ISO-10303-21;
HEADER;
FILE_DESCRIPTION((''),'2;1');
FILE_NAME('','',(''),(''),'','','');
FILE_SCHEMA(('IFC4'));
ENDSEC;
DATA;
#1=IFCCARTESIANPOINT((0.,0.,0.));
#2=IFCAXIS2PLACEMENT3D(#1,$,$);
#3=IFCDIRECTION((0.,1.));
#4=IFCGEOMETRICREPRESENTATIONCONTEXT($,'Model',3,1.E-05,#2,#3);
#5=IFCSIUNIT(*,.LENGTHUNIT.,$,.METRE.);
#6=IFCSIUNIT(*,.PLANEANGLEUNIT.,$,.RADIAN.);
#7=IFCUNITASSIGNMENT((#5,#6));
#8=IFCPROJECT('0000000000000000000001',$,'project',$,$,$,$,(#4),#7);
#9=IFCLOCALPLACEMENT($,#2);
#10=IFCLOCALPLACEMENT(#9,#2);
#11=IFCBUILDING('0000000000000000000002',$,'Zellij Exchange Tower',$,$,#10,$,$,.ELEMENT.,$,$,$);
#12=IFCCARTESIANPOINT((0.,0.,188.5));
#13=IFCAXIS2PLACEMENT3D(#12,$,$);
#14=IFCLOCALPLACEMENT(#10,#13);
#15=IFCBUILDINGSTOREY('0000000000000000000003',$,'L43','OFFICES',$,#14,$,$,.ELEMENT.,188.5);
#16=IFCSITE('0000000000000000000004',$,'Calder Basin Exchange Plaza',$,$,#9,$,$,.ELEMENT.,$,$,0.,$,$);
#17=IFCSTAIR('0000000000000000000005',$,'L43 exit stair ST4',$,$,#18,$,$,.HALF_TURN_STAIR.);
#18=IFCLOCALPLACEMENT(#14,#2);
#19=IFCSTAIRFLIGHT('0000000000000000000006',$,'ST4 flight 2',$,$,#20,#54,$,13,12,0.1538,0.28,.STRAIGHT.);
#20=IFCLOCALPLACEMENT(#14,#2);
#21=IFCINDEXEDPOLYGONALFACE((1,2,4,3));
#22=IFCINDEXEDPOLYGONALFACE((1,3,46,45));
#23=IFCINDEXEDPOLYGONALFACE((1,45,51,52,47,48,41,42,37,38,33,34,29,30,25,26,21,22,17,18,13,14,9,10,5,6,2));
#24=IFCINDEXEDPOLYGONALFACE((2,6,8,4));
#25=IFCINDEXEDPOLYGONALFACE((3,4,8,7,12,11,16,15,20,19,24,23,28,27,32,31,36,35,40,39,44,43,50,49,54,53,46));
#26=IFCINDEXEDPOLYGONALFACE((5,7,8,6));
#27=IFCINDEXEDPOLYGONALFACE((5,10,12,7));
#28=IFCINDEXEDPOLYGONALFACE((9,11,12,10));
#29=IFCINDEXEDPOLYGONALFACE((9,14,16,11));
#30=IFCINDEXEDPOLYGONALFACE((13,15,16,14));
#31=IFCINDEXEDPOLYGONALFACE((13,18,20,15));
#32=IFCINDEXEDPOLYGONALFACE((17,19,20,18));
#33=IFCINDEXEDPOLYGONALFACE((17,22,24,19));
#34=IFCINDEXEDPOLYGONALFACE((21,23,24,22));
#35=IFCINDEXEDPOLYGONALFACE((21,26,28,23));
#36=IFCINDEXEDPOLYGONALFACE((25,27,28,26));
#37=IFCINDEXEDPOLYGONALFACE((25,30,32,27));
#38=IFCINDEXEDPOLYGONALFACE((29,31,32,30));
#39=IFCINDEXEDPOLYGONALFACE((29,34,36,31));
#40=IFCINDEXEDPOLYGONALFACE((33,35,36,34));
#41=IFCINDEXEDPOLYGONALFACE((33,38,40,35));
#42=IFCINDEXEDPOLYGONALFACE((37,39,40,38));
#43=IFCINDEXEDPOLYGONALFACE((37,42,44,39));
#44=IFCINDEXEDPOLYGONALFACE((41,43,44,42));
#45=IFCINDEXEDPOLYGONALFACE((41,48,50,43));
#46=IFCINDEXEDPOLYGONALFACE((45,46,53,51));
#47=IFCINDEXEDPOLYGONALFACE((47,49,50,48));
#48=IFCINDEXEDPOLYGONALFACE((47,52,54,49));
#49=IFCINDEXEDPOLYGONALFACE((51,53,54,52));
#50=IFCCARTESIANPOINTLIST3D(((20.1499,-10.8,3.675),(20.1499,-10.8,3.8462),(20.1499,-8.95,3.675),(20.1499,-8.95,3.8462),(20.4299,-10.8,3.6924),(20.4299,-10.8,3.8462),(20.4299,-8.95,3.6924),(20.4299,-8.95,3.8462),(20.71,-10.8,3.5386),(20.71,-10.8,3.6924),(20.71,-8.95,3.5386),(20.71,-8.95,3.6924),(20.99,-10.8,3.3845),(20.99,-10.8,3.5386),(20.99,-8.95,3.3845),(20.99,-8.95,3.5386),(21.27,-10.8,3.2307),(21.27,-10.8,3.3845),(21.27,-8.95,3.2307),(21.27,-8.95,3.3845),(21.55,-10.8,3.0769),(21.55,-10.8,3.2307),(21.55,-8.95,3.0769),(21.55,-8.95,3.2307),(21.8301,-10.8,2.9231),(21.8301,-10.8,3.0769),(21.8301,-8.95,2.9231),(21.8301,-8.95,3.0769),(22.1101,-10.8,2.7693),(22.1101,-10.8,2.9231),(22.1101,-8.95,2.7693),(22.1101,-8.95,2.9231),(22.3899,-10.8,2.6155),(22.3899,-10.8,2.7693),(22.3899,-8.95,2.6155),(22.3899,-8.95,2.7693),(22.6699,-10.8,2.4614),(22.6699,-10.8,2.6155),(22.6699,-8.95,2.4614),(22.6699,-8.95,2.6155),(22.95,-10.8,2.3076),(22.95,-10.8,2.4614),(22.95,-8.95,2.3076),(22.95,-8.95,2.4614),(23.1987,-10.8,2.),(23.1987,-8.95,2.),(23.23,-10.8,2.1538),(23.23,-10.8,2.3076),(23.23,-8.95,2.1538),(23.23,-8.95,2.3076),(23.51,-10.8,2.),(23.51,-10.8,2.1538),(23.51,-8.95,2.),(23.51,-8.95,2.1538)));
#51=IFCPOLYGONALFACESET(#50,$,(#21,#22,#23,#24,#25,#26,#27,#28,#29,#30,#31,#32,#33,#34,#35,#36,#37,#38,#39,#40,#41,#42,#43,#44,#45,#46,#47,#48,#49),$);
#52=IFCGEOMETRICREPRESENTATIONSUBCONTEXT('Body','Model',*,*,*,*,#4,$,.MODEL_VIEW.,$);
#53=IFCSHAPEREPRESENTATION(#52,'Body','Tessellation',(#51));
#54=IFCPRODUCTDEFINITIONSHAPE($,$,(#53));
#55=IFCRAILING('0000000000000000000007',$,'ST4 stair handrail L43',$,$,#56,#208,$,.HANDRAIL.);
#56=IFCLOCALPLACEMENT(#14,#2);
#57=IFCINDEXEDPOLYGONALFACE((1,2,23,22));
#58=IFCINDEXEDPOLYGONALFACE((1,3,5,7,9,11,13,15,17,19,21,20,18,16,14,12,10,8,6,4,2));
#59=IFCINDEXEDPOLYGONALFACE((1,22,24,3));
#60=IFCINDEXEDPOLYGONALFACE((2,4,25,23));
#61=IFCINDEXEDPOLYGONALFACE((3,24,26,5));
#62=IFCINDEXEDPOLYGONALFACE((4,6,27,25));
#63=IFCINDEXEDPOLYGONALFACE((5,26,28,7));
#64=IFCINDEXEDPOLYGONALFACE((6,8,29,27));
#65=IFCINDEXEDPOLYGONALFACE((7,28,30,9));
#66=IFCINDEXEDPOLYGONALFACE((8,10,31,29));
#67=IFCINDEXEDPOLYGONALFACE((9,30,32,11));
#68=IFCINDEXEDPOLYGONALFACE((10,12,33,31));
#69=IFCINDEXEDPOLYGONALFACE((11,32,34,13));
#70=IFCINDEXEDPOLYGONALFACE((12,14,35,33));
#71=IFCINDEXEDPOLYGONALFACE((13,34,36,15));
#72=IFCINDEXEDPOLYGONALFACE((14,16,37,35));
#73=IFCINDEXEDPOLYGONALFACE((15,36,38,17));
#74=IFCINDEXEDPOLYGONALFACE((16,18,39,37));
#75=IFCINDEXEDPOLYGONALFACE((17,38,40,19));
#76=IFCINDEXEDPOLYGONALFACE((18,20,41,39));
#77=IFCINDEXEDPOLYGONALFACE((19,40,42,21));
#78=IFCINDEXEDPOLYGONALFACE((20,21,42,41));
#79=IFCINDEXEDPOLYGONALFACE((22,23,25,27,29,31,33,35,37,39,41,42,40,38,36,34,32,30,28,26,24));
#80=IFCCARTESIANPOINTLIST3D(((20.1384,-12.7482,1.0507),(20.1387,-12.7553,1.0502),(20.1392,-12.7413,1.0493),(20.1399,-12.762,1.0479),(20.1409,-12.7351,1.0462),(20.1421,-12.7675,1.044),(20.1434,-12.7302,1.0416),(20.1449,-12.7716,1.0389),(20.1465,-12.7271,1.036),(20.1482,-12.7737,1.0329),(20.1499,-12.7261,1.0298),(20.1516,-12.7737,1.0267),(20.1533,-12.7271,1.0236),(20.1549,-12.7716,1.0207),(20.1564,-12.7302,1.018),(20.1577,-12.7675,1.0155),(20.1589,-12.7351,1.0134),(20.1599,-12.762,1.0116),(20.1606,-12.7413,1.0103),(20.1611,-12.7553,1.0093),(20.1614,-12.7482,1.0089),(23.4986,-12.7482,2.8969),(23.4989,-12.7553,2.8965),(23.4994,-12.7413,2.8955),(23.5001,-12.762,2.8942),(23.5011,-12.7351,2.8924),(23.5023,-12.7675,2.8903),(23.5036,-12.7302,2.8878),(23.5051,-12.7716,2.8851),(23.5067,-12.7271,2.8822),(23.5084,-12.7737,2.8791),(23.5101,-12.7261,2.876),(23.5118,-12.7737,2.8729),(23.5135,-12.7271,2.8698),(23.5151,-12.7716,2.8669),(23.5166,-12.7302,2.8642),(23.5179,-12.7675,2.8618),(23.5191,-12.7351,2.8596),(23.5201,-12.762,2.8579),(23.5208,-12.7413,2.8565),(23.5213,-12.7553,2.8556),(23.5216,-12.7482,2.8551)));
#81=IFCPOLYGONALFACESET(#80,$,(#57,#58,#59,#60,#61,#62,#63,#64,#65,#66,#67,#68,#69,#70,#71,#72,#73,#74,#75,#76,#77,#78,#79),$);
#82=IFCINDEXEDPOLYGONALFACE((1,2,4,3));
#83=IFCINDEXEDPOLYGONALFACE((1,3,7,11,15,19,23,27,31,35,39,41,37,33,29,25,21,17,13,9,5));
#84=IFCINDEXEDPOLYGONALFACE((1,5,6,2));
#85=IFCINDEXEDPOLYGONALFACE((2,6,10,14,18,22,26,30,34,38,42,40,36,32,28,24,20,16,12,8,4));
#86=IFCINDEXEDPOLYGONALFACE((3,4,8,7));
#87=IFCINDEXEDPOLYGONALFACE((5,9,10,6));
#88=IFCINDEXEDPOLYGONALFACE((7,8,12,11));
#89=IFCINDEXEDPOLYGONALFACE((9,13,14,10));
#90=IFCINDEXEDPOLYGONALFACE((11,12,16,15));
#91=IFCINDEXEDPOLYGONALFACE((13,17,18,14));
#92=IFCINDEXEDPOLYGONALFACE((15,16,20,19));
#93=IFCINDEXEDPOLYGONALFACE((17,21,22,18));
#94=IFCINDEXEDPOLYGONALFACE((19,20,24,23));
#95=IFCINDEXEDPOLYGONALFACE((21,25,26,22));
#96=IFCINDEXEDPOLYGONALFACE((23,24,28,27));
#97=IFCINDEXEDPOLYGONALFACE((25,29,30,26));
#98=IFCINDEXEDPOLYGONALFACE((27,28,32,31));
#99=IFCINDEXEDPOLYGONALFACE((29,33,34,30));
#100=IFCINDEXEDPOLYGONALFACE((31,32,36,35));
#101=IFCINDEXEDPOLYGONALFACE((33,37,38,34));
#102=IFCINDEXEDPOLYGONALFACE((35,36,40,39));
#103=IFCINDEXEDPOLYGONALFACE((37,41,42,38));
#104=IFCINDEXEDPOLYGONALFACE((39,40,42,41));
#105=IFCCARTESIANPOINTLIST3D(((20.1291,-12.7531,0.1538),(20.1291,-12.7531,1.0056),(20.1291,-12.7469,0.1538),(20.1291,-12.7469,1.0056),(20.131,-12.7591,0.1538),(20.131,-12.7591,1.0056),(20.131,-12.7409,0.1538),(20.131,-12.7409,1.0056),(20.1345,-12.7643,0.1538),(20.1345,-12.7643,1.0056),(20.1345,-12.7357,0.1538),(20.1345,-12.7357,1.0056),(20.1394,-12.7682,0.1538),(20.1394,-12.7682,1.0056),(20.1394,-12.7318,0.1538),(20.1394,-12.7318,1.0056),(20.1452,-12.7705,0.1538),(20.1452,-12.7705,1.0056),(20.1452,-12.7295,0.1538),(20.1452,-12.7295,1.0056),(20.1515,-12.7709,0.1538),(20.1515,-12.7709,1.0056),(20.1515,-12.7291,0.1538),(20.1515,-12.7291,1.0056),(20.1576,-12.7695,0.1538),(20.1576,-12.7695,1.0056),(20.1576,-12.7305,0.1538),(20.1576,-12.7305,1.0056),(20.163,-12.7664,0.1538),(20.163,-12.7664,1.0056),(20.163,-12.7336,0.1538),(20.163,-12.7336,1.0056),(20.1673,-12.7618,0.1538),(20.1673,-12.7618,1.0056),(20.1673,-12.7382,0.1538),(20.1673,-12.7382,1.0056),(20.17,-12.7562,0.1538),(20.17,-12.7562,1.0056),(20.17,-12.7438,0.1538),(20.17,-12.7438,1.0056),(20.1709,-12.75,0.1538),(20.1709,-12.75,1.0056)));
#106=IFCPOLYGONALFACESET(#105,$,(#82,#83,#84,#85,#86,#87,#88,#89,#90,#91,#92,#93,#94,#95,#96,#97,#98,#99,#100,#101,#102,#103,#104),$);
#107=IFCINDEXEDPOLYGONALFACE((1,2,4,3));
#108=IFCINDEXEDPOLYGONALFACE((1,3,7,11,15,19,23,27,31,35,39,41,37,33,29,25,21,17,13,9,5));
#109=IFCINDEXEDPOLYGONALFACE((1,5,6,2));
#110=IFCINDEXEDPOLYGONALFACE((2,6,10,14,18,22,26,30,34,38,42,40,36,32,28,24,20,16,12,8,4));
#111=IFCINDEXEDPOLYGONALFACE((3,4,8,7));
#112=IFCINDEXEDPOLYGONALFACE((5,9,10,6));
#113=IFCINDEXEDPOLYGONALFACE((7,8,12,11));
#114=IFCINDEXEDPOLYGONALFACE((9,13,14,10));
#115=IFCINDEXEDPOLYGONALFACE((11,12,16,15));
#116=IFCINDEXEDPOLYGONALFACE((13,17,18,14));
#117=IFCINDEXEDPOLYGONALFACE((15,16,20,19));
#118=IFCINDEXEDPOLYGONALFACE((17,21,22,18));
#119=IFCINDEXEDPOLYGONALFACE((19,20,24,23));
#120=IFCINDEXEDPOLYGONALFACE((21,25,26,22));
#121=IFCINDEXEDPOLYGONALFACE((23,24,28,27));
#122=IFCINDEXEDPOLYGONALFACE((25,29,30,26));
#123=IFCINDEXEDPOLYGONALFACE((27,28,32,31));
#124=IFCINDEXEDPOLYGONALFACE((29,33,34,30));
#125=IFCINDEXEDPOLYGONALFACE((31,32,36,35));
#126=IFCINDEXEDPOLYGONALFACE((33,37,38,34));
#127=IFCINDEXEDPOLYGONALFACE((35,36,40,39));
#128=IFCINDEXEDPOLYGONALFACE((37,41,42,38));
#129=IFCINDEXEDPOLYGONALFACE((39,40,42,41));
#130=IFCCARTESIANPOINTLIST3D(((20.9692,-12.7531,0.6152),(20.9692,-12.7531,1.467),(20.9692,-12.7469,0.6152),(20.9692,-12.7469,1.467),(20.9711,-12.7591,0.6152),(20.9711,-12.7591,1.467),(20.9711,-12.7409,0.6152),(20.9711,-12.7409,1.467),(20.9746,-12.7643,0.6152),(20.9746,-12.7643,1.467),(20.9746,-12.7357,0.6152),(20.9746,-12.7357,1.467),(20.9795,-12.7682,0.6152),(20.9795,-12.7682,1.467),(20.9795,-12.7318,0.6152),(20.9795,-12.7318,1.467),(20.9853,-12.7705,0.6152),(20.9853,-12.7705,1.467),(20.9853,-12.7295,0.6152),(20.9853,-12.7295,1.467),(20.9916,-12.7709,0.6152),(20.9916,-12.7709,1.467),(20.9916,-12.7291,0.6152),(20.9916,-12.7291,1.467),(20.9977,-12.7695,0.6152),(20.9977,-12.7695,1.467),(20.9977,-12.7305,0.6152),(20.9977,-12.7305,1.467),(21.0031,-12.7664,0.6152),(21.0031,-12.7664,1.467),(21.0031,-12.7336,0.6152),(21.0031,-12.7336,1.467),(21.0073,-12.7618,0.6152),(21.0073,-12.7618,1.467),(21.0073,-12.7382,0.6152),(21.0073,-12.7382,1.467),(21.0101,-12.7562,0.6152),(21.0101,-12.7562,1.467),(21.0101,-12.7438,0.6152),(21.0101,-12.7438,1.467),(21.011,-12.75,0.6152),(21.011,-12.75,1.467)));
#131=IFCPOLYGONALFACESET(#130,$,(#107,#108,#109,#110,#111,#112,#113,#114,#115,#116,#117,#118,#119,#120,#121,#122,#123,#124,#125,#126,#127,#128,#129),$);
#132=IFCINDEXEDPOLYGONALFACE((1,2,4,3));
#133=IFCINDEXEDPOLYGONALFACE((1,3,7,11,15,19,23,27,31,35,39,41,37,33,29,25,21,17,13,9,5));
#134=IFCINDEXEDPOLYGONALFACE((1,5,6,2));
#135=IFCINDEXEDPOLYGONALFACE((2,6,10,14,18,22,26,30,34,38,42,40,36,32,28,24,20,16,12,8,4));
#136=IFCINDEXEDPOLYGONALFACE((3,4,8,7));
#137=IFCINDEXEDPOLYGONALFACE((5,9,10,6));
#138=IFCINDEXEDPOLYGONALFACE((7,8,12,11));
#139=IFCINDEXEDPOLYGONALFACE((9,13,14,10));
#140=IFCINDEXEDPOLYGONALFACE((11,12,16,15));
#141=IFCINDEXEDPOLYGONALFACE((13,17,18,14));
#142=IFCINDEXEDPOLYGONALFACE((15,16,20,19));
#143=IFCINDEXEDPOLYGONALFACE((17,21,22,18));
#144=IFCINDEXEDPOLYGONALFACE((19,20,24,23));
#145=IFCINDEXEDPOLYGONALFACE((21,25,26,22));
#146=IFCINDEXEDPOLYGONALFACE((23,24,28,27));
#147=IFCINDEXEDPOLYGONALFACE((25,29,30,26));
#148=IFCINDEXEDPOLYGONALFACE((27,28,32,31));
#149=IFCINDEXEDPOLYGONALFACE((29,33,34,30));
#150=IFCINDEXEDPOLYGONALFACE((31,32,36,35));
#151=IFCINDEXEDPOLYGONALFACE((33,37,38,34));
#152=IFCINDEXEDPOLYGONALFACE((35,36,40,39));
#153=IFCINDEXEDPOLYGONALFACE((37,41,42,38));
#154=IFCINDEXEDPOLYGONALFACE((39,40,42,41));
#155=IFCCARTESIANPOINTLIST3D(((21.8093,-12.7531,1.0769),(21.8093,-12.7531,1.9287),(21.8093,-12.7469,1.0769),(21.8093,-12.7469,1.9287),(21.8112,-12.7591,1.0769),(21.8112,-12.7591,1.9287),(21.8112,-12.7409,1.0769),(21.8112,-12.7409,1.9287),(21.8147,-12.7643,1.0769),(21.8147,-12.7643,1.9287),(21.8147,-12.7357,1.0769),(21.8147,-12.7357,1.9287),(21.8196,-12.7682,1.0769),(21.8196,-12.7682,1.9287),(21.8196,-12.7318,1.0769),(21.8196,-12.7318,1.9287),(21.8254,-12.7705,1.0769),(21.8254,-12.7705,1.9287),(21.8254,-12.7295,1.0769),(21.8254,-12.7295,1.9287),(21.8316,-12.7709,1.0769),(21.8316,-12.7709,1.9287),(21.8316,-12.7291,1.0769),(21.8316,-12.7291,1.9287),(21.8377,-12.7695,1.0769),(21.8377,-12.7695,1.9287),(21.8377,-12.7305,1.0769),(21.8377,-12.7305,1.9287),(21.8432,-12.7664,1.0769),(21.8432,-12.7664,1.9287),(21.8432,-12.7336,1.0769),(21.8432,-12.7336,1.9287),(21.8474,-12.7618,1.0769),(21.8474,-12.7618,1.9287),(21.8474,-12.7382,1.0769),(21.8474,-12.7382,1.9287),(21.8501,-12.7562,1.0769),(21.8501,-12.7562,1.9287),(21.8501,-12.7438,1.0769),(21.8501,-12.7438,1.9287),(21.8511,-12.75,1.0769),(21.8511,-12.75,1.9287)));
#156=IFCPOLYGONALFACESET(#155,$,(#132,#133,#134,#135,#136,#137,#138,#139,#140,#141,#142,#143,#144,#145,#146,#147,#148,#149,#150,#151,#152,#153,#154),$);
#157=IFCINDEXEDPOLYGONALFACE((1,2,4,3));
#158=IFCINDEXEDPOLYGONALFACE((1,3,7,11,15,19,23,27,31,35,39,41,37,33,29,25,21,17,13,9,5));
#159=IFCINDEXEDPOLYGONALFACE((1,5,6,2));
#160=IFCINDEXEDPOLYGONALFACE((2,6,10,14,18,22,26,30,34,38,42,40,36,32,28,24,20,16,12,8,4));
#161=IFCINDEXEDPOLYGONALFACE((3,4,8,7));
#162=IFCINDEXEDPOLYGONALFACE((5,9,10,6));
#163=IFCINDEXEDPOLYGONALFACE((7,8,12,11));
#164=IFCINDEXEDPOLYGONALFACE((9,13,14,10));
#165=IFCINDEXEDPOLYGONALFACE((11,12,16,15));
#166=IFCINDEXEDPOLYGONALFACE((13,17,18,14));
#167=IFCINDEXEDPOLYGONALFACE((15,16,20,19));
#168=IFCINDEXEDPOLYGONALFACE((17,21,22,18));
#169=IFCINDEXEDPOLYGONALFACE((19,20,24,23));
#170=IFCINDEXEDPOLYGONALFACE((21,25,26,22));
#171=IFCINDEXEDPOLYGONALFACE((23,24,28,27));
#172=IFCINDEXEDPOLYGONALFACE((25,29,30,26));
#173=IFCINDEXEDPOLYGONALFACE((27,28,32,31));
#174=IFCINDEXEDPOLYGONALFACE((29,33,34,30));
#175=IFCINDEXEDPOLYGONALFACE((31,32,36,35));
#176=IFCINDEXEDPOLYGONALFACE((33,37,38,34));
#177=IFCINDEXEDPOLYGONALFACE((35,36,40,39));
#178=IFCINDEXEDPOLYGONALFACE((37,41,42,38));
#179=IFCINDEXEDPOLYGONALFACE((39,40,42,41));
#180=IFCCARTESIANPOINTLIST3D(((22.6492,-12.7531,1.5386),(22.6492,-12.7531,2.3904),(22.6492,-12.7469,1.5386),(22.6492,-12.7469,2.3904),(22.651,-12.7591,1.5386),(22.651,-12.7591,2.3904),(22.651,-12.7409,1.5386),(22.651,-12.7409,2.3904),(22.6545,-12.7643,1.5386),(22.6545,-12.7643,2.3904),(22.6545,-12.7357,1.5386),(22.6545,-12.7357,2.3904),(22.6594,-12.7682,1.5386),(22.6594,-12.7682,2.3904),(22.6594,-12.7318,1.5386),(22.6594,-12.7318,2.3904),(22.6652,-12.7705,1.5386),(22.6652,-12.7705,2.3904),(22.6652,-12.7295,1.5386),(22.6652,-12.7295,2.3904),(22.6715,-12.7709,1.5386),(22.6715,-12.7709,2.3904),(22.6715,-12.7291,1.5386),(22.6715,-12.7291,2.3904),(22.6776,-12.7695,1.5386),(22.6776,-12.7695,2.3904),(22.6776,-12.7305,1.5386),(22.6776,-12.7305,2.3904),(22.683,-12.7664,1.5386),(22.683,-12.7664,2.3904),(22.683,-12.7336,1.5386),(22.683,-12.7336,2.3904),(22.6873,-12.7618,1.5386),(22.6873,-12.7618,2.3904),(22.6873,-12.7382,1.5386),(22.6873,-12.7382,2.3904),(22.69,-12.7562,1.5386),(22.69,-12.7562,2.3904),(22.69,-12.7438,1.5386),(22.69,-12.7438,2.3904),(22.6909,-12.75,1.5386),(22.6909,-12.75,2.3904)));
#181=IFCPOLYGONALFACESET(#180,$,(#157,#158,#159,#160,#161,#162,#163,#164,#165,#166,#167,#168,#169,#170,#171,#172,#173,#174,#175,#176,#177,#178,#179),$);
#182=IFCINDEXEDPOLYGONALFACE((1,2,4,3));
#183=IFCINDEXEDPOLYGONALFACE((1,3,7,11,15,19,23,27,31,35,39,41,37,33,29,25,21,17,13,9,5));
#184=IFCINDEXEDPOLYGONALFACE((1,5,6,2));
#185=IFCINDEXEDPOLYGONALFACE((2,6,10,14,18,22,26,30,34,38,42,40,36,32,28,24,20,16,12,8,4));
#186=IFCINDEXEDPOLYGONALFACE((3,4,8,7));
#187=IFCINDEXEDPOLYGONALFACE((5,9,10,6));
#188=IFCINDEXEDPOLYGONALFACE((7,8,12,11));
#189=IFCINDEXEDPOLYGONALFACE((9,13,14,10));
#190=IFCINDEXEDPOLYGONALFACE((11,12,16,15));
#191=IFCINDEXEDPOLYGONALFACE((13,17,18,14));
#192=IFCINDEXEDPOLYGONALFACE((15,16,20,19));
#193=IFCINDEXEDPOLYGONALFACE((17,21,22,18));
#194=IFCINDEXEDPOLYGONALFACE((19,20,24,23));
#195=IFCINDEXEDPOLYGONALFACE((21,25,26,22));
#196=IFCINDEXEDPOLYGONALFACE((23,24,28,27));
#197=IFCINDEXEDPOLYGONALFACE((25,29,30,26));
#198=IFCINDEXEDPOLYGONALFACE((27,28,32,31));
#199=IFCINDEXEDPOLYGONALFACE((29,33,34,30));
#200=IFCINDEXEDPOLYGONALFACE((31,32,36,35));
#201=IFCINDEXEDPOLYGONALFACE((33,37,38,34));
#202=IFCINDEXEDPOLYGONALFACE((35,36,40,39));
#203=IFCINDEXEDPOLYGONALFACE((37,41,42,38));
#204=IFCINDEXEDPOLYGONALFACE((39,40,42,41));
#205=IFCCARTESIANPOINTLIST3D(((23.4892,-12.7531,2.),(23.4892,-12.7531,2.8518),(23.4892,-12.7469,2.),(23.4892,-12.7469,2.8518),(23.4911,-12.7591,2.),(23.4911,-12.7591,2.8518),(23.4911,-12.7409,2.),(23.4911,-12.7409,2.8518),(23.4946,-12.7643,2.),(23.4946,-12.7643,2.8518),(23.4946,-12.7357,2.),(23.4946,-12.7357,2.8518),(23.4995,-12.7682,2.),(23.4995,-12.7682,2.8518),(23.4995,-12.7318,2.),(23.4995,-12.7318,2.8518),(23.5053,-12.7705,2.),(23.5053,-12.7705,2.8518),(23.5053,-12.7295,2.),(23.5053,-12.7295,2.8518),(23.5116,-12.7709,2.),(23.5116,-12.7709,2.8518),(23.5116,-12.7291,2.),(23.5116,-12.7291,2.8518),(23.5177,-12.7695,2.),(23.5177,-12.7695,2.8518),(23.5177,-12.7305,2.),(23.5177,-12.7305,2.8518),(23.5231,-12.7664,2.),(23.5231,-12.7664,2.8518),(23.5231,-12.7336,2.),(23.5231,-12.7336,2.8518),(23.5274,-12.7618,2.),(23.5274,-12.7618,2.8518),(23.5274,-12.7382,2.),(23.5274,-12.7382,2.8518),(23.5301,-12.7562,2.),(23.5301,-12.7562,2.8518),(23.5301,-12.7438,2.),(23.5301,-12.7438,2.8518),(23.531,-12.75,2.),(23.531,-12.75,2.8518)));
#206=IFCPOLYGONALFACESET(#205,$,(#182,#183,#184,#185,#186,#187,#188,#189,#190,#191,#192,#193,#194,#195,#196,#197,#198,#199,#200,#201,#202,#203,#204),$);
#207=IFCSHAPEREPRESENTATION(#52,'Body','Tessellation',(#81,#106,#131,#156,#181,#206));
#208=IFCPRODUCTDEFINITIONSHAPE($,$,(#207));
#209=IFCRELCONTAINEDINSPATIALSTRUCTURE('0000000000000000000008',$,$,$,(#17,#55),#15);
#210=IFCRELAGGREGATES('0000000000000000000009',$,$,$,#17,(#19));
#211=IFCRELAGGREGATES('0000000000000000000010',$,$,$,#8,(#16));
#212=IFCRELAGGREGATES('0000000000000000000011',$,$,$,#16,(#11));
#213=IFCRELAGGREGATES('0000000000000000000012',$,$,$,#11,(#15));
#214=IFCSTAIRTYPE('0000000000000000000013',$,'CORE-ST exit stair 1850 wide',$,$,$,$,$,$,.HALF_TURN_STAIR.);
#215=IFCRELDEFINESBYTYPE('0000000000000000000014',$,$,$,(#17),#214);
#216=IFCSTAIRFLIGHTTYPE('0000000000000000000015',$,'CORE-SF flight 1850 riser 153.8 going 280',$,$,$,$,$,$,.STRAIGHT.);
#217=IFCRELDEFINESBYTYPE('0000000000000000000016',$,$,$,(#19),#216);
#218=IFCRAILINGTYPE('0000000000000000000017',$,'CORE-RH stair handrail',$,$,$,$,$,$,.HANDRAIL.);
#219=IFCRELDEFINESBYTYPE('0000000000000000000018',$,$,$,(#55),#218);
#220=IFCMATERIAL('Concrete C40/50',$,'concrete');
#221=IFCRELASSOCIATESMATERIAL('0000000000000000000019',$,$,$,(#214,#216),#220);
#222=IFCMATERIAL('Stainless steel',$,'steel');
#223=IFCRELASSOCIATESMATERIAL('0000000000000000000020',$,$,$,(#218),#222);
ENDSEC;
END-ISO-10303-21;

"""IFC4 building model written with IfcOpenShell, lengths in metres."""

from ifc_helpers import new_model, si_unit, direction, frame, origin, origin_2d, place, context, subcontext, project, spatial, polyline, circle, outline, extrude, material, type_object, element, aggregate, save


model = new_model("IFC4")

# Units and contexts
model_context = context("Model", 3, precision=1e-05, world=origin(), true_north=direction((0.0, 1.0)))
body_context = subcontext(model_context, "Body", "Model", "MODEL_VIEW")
ifc_project = project(units=[si_unit("LENGTHUNIT", "METRE"), si_unit("PLANEANGLEUNIT", "RADIAN")], contexts=[model_context])

# Site, building, storey
site_placement = place(None, origin())
site = spatial("IfcSite", under=ifc_project, at=site_placement, Name="Calder Basin Exchange Plaza", CompositionType="ELEMENT", RefElevation=0.0)
building_placement = place(site_placement, origin())
building = spatial("IfcBuilding", under=site, at=building_placement, Name="Zellij Exchange Tower", CompositionType="ELEMENT")
storey_placement = place(building_placement, frame((0.0, 0.0, 188.5)))
storey = spatial("IfcBuildingStorey", under=building, at=storey_placement, Name="L43", Description="OFFICES", CompositionType="ELEMENT", Elevation=188.5)

# Stair, stair flight
ifc_material_1 = material(Name="Concrete C40/50", Category="concrete")
stair_type = type_object("IfcStairType", Name="CORE-ST exit stair 1850 wide", PredefinedType="HALF_TURN_STAIR", material=ifc_material_1)
stair_placement = place(storey_placement, origin())
stair = element("IfcStair", 1, at=stair_placement, inside=storey, type_object=stair_type, Name="L43 exit stair ST4", PredefinedType="HALF_TURN_STAIR")
stair_flight_type = type_object("IfcStairFlightType", Name="CORE-SF flight 1850 riser 153.8 going 280", PredefinedType="STRAIGHT", material=ifc_material_1)
stair_flight_1_placement = place(storey_placement, frame((23.51, -9.875, 2.0), z_axis=(0.0, 0.0, 1.0), x_axis=(-1.0, 0.0, 0.0)))
stair_flight_1 = element("IfcStairFlight", 2, at=stair_flight_1_placement, type_object=stair_flight_type, Name="ST4 flight 2", NumberOfRisers=13, NumberOfTreads=12, PredefinedType="STRAIGHT", RiserHeight=0.1538, TreadLength=0.28, context=body_context, shape_type="SweptSolid", body=[
    extrude(outline(polyline([(0.0, 0.0), (0.0, 0.1538), (0.28, 0.1538), (0.28, 0.3076), (0.5601, 0.3076), (0.5601, 0.4614), (0.8401, 0.4614), (0.8401, 0.6155), (1.1201, 0.6155), (1.1201, 0.7693), (1.3999, 0.7693), (1.3999, 0.9231), (1.6799, 0.9231), (1.6799, 1.0769), (1.96, 1.0769), (1.96, 1.2307), (2.24, 1.2307), (2.24, 1.3845), (2.52, 1.3845), (2.52, 1.5386), (2.8, 1.5386), (2.8, 1.6924), (3.0801, 1.6924), (3.0801, 1.8462), (3.3601, 1.8462), (3.3601, 2.0), (3.3601, 1.675), (0.3113, 0.0), (0.0, 0.0)])), frame((0.0, 0.925, 0.0), z_axis=(0.0, -1.0, 0.0), x_axis=(1.0, 0.0, 0.0)), (0.0, 0.0, 1.0), 1.8501),
])
aggregate(stair, [stair_flight_1])

# Railing
ifc_material_2 = material(Name="Stainless steel", Category="steel")
railing_type_1 = type_object("IfcRailingType", Name="CORE-RH stair handrail", PredefinedType="HANDRAIL", material=ifc_material_2)
railing_1_placement = place(storey_placement, frame((20.1499, -12.75, 0.1538)))
element("IfcRailing", 3, at=railing_1_placement, inside=storey, type_object=railing_type_1, Name="ST4 stair handrail L43", PredefinedType="HANDRAIL", context=body_context, shape_type="SweptSolid", body=[
    extrude(circle(Radius=0.0239, at=origin_2d()), frame((0.0, 0.0, 0.876), z_axis=(0.876422, 0.0, 0.481545), x_axis=(0.0, 1.0, 0.0)), (0.0, 0.0, 1.0), 3.834),
    extrude(circle(Radius=0.021, at=origin_2d()), origin(), (0.0, 0.0, 1.0), 0.8518),
    extrude(circle(Radius=0.021, at=origin_2d()), frame((0.8401, 0.0, 0.4614)), (0.0, 0.0, 1.0), 0.8518),
    extrude(circle(Radius=0.021, at=origin_2d()), frame((1.6802, 0.0, 0.9231)), (0.0, 0.0, 1.0), 0.8518),
    extrude(circle(Radius=0.021, at=origin_2d()), frame((2.52, 0.0, 1.3848)), (0.0, 0.0, 1.0), 0.8518),
    extrude(circle(Radius=0.021, at=origin_2d()), frame((3.3601, 0.0, 1.8462)), (0.0, 0.0, 1.0), 0.8518),
])

save(model, "model.ifc")
